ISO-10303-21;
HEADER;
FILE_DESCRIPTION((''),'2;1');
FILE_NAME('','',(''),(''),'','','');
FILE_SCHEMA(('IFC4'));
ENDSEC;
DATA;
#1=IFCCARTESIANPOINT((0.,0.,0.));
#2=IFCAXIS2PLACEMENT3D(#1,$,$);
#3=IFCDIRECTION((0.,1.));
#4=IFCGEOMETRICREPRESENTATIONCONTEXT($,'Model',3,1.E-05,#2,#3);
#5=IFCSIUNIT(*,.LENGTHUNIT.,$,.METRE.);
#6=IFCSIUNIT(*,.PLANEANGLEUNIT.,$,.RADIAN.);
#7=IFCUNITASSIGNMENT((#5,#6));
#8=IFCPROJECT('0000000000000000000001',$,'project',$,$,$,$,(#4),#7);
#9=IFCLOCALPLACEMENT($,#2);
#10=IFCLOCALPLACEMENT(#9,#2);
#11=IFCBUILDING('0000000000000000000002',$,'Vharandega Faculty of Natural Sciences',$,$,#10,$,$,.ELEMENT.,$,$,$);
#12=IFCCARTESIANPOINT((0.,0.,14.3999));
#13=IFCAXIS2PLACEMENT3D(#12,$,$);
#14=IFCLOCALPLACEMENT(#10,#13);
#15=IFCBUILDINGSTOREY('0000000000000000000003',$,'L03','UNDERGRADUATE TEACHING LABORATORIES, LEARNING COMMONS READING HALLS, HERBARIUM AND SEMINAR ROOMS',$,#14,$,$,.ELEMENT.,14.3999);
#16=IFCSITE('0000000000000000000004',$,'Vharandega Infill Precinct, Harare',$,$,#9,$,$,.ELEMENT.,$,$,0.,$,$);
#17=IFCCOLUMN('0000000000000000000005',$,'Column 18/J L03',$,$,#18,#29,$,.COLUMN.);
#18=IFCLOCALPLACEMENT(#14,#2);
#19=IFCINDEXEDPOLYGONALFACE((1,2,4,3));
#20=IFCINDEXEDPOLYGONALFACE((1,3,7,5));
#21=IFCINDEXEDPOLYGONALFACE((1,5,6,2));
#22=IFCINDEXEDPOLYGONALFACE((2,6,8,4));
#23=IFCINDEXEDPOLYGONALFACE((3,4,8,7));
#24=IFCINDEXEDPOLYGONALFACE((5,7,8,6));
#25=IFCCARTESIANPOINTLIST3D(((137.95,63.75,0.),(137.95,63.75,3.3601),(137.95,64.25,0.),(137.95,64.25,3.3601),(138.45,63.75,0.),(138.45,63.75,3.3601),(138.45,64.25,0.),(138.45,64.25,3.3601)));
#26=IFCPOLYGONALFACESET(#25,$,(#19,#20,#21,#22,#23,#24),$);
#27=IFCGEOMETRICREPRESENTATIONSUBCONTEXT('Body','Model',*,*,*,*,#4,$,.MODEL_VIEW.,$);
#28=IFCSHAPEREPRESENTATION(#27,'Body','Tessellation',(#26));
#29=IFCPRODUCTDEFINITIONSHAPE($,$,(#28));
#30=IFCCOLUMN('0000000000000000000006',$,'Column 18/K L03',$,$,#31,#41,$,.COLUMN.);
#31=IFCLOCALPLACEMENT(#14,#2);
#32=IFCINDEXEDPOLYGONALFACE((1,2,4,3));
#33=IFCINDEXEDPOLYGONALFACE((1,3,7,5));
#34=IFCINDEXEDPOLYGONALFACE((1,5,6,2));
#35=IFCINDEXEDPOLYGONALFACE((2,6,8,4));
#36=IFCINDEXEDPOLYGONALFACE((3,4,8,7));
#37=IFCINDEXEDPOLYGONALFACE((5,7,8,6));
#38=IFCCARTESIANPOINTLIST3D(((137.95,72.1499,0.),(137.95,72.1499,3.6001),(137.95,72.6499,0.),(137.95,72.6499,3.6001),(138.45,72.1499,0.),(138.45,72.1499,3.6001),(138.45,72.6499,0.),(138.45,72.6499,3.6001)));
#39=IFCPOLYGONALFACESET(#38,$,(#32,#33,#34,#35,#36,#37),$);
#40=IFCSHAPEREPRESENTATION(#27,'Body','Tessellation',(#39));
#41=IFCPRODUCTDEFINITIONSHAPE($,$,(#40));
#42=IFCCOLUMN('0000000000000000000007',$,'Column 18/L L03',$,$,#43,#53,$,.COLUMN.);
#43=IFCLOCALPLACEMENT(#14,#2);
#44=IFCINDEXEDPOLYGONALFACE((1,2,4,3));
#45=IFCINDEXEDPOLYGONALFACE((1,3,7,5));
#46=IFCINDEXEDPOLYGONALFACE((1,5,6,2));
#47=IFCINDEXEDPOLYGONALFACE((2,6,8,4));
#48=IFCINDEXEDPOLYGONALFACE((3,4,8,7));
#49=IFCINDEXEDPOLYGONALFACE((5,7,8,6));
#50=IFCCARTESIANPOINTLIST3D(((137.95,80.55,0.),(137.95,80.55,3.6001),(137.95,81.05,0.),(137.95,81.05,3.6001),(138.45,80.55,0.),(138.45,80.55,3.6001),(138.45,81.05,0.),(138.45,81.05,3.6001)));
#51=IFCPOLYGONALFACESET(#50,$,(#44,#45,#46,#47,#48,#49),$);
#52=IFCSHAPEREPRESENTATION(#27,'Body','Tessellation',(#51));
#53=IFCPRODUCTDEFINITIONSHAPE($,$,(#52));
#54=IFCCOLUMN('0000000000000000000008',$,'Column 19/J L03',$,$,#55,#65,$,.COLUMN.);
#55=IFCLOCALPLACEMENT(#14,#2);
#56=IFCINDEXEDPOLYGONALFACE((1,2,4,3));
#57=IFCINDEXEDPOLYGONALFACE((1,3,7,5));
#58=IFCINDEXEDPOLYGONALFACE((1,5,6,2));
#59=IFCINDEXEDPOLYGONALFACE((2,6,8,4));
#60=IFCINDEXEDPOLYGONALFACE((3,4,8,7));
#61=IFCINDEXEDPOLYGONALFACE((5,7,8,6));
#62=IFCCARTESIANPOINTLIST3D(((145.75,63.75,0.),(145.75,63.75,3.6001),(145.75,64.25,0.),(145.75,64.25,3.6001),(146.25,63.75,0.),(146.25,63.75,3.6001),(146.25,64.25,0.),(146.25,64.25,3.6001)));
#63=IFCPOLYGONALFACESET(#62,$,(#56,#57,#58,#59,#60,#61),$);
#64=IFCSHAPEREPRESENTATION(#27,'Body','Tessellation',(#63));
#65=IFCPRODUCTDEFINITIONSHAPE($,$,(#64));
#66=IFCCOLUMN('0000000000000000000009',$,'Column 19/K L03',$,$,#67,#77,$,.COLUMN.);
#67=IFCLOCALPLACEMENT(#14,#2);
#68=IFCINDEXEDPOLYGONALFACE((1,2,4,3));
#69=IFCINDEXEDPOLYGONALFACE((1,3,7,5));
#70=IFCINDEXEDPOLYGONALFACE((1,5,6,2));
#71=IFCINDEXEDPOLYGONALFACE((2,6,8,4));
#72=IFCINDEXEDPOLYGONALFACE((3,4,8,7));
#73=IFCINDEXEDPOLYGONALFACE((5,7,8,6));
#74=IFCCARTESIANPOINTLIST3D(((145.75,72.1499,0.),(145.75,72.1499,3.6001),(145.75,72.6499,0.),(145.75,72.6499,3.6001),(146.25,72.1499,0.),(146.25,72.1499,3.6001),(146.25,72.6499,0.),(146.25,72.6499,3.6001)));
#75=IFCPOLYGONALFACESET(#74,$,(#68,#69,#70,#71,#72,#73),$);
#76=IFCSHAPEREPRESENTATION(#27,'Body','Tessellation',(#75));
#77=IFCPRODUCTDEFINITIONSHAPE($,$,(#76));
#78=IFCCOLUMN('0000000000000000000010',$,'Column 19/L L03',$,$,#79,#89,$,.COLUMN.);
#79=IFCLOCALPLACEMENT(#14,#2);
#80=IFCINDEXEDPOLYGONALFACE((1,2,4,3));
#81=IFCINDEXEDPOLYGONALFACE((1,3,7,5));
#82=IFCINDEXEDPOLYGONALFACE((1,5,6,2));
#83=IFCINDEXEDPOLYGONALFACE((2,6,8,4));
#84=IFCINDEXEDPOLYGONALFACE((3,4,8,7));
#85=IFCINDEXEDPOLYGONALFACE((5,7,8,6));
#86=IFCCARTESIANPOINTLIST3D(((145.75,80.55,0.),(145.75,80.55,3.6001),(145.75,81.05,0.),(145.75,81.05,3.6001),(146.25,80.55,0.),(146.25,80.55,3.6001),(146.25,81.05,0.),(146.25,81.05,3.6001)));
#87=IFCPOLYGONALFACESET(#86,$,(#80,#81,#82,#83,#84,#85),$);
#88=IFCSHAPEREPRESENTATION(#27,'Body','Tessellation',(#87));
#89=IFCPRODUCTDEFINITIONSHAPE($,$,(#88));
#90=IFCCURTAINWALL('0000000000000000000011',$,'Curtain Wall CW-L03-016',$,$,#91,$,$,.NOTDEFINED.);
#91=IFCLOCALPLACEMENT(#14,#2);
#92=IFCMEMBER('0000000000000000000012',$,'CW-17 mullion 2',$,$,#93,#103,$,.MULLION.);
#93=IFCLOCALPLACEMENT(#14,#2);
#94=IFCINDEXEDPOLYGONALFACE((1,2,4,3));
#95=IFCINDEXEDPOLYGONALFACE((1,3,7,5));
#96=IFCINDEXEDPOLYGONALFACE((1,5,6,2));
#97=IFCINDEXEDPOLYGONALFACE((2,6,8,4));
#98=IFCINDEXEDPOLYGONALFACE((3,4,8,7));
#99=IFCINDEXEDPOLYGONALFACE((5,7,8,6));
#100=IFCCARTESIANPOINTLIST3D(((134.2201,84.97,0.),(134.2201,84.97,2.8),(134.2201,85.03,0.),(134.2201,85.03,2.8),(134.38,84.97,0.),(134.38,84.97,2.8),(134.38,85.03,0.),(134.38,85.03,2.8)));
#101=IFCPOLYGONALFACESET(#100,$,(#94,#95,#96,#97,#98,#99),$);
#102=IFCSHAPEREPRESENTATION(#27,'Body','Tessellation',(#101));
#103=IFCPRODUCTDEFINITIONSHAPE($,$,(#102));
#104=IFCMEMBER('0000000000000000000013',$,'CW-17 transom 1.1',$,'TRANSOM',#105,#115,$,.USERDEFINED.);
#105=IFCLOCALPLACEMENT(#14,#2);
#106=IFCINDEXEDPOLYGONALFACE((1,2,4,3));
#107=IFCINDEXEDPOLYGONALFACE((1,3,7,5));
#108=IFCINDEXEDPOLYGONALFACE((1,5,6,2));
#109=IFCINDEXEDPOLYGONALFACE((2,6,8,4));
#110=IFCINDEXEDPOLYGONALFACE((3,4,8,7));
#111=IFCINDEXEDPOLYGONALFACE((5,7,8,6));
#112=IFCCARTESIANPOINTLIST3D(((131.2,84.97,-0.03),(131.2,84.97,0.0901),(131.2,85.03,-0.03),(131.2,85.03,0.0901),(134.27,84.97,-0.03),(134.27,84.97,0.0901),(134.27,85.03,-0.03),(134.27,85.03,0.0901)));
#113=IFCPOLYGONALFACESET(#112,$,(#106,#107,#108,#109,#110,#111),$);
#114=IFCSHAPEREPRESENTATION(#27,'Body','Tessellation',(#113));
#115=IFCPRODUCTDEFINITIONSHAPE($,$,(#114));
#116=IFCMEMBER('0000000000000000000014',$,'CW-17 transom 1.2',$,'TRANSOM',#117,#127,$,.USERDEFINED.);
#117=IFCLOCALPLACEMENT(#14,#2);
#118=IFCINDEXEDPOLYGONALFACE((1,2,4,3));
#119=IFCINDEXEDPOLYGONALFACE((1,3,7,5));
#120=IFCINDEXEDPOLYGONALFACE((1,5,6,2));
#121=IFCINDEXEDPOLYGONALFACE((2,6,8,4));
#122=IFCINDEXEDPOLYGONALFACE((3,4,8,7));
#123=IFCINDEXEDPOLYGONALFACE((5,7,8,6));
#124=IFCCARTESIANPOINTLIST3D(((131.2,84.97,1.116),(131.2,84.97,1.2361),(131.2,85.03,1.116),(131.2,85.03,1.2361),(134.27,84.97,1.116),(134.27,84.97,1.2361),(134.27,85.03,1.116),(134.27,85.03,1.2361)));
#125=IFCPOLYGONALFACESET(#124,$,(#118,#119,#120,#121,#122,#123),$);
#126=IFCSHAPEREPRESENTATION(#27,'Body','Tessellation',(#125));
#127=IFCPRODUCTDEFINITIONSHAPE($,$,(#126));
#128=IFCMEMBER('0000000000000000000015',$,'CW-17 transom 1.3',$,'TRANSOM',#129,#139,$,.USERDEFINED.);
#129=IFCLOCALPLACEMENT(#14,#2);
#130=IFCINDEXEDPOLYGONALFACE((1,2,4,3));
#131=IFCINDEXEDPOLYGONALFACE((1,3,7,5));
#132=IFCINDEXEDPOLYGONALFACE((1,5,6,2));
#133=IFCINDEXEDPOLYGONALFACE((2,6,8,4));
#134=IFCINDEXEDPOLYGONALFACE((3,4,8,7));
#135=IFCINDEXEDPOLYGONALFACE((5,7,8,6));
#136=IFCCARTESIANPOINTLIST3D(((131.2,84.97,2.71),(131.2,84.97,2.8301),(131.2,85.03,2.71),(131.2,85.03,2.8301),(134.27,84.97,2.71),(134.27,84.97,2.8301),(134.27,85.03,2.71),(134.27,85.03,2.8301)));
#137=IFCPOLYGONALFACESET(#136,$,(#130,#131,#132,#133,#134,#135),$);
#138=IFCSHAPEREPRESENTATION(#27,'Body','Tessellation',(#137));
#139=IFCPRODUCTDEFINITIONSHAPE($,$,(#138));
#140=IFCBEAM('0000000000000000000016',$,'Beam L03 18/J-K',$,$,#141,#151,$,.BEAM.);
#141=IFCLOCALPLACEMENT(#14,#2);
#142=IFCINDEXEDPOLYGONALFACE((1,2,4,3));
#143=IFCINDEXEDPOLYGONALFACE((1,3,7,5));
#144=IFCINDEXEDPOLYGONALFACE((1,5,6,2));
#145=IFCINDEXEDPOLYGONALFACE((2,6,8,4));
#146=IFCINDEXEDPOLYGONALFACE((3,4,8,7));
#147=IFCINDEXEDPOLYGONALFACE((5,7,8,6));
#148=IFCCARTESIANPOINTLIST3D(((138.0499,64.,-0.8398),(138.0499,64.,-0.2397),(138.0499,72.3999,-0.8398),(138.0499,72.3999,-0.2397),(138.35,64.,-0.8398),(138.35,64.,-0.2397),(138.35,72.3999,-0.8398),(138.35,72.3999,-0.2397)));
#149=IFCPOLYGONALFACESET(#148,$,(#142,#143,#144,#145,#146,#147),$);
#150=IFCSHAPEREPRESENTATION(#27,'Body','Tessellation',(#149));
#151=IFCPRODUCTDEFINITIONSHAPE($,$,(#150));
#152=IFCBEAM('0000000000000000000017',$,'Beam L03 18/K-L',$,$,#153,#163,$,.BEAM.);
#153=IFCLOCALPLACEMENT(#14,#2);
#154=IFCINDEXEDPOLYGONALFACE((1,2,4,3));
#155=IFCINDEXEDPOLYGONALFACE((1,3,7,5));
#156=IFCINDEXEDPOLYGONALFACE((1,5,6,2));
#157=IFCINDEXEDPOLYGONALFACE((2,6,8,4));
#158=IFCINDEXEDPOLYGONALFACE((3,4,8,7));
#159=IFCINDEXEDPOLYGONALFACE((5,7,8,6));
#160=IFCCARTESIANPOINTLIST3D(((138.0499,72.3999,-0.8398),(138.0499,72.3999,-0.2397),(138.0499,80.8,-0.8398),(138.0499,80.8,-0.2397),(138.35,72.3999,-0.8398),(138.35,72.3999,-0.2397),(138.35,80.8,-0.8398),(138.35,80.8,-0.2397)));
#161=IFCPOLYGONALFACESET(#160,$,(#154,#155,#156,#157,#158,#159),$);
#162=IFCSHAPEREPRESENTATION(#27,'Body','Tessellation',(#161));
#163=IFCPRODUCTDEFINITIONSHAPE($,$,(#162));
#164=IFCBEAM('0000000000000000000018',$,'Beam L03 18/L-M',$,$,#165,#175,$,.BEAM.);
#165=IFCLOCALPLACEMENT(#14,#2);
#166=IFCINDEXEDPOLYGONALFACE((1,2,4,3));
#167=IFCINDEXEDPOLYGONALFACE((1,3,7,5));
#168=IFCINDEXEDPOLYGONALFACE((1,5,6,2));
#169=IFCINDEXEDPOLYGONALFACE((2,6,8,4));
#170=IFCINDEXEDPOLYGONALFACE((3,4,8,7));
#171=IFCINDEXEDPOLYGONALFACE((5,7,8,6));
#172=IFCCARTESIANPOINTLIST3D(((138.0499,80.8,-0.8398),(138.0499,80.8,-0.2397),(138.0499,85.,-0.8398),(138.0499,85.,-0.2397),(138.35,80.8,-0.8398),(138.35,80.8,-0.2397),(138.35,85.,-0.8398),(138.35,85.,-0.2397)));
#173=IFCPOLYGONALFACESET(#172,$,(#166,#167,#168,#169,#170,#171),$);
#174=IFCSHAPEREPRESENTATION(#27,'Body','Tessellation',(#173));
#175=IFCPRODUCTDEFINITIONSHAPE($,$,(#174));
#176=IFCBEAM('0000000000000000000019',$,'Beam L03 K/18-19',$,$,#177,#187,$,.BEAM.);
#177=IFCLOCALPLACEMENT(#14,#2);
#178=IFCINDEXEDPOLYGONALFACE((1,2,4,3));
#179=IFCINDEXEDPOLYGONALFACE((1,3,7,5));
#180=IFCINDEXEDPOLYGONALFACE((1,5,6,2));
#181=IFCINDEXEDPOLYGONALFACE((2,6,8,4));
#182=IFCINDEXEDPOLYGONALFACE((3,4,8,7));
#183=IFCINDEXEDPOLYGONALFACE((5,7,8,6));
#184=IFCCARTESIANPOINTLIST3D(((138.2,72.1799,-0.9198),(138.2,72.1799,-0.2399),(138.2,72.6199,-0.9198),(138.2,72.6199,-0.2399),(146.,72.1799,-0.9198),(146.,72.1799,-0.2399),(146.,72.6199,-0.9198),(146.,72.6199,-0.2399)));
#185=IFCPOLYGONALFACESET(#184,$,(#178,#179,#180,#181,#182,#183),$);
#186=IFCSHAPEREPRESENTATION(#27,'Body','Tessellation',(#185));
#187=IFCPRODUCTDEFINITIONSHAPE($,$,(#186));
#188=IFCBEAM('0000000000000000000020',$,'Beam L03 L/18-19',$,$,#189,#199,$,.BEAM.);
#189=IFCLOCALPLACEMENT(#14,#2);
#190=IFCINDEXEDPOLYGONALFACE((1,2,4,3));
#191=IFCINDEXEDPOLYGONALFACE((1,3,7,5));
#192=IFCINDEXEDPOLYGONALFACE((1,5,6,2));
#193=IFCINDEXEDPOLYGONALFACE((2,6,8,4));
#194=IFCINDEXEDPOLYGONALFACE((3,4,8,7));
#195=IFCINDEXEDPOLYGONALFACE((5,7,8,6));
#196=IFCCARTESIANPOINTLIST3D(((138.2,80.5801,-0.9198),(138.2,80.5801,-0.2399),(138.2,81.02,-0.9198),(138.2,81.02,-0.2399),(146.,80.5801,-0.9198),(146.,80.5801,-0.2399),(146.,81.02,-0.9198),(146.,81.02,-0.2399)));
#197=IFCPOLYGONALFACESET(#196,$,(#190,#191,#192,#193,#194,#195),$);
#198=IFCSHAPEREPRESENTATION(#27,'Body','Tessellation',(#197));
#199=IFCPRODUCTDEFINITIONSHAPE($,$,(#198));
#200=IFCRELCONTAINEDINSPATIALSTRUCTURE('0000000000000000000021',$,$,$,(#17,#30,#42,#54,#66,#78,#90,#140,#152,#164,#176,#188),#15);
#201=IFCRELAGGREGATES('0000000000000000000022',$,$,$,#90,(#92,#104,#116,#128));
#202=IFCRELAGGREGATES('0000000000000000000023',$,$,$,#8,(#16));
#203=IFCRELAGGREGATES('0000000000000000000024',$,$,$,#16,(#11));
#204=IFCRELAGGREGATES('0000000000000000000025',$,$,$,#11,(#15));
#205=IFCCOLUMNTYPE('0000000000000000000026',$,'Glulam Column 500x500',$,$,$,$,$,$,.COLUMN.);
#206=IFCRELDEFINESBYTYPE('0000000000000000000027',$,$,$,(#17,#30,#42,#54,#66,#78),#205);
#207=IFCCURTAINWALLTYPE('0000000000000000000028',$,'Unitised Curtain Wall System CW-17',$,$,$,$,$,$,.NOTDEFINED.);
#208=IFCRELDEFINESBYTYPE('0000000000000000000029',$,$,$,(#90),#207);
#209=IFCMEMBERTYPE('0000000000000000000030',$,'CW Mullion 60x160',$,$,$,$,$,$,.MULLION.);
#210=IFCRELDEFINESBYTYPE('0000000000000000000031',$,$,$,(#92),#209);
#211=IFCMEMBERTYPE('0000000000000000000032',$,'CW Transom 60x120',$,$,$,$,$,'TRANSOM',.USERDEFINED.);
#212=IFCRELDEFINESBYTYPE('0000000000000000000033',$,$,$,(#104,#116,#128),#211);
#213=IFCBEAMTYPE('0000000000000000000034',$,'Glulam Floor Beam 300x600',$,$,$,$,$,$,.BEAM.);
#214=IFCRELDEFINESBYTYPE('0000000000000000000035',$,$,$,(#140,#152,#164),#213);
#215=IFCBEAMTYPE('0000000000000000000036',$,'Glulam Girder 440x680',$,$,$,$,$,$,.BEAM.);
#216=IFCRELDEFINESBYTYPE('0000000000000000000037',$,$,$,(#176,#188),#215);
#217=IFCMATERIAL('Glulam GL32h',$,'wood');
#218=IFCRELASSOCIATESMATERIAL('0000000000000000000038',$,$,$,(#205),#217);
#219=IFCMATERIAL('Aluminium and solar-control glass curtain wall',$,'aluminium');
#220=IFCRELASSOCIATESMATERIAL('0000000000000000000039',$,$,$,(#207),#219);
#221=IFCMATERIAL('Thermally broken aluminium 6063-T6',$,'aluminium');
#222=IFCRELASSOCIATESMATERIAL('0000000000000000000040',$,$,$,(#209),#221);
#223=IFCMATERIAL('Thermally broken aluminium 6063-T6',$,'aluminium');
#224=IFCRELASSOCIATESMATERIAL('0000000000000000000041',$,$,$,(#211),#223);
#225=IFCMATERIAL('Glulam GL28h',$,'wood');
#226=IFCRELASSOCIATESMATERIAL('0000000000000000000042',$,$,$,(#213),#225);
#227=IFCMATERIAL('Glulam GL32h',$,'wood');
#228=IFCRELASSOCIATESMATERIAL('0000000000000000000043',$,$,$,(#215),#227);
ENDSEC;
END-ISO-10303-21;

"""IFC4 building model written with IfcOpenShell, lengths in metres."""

from ifc_helpers import new_model, si_unit, direction, frame, origin, origin_2d, place, context, subcontext, project, spatial, rectangle, extrude, material, material_profile, profile_set, type_object, element, aggregate, save


model = new_model("IFC4")

# Units and contexts
model_context = context("Model", 3, precision=1e-05, world=origin(), true_north=direction((0.0, 1.0)))
body_context = subcontext(model_context, "Body", "Model", "MODEL_VIEW")
ifc_project = project(units=[si_unit("LENGTHUNIT", "METRE"), si_unit("PLANEANGLEUNIT", "RADIAN")], contexts=[model_context])

# Site, building, storey
site_placement = place(None, origin())
site = spatial("IfcSite", under=ifc_project, at=site_placement, Name="Vharandega Infill Precinct, Harare", CompositionType="ELEMENT", RefElevation=0.0)
building_placement = place(site_placement, origin())
building = spatial("IfcBuilding", under=site, at=building_placement, Name="Vharandega Faculty of Natural Sciences", CompositionType="ELEMENT")
storey_placement = place(building_placement, frame((0.0, 0.0, 14.3999)))
storey = spatial("IfcBuildingStorey", under=building, at=storey_placement, Name="L03", Description="UNDERGRADUATE TEACHING LABORATORIES, LEARNING COMMONS READING HALLS, HERBARIUM AND SEMINAR ROOMS", CompositionType="ELEMENT", Elevation=14.3999)

# Columns
ifc_material_1 = material(Name="Glulam GL32h", Category="wood")
ifc_material_profile_1 = material_profile(ifc_material_1, rectangle(XDim=0.5, YDim=0.5, at=origin_2d()), Name="GL32h 500x500")
ifc_profile_set_1 = profile_set([ifc_material_profile_1], Name="Glulam GL32h")
column_type = type_object("IfcColumnType", Name="Glulam Column 500x500", PredefinedType="COLUMN", material=ifc_profile_set_1)
column_placement = place(storey_placement, frame((138.2, 64.0, 0.0), z_axis=(0.0, 0.0, 1.0), x_axis=(1.0, 0.0, 0.0)))
element("IfcColumn", 1, at=column_placement, inside=storey, type_object=column_type, Name="Column 18/J L03", PredefinedType="COLUMN", context=body_context, shape_type="SweptSolid", body=[
    extrude(rectangle(XDim=0.5, YDim=0.5, at=origin_2d()), origin(), (0.0, 0.0, 1.0), 3.3601),
])
for number, where, z_axis, x_axis, name in (
    (2, (138.2, 72.3999, 0.0), (0.0, 0.0, 1.0), (1.0, 0.0, 0.0), "Column 18/K L03"),
    (3, (138.2, 80.8, 0.0), (0.0, 0.0, 1.0), (1.0, 0.0, 0.0), "Column 18/L L03"),
    (4, (146.0, 64.0, 0.0), (0.0, 0.0, 1.0), (1.0, 0.0, 0.0), "Column 19/J L03"),
    (5, (146.0, 72.3999, 0.0), (0.0, 0.0, 1.0), (1.0, 0.0, 0.0), "Column 19/K L03"),
    (6, (146.0, 80.8, 0.0), (0.0, 0.0, 1.0), (1.0, 0.0, 0.0), "Column 19/L L03"),
):
    element("IfcColumn", number, at=place(storey_placement, frame(where, z_axis=z_axis, x_axis=x_axis)), inside=storey, type_object=column_type, Name=name, PredefinedType="COLUMN", context=body_context, shape_type="SweptSolid", body=[
        extrude(rectangle(XDim=0.5, YDim=0.5, at=origin_2d()), origin(), (0.0, 0.0, 1.0), 3.6001),
    ])

# Curtain wall, members
ifc_material_2 = material(Name="Aluminium and solar-control glass curtain wall", Category="aluminium")
curtain_wall_type = type_object("IfcCurtainWallType", Name="Unitised Curtain Wall System CW-17", PredefinedType="NOTDEFINED", material=ifc_material_2)
curtain_wall_placement = place(storey_placement, origin())
curtain_wall = element("IfcCurtainWall", 7, at=curtain_wall_placement, inside=storey, type_object=curtain_wall_type, Name="Curtain Wall CW-L03-016", PredefinedType="NOTDEFINED")
ifc_material_3 = material(Name="Thermally broken aluminium 6063-T6", Category="aluminium")
ifc_material_profile_2 = material_profile(ifc_material_3, rectangle(XDim=0.0601, YDim=0.1599, at=origin_2d()), Name="ALU 60x160")
ifc_profile_set_2 = profile_set([ifc_material_profile_2], Name="Thermally broken aluminium 6063-T6")
member_type_1 = type_object("IfcMemberType", Name="CW Mullion 60x160", PredefinedType="MULLION", material=ifc_profile_set_2)
member_1_placement = place(storey_placement, frame((134.3, 85.0, 0.0), z_axis=(0.0, 0.0, 1.0), x_axis=(0.0, 1.0, 0.0)))
member_1 = element("IfcMember", 8, at=member_1_placement, type_object=member_type_1, Name="CW-17 mullion 2", PredefinedType="MULLION", context=body_context, shape_type="SweptSolid", body=[
    extrude(rectangle(XDim=0.0601, YDim=0.1599, at=origin_2d()), origin(), (0.0, 0.0, 1.0), 2.8),
])
ifc_material_4 = material(Name="Thermally broken aluminium 6063-T6", Category="aluminium")
ifc_material_profile_3 = material_profile(ifc_material_4, rectangle(XDim=0.0601, YDim=0.1201, at=origin_2d()), Name="ALU 60x120")
ifc_profile_set_3 = profile_set([ifc_material_profile_3], Name="Thermally broken aluminium 6063-T6")
member_type_2 = type_object("IfcMemberType", Name="CW Transom 60x120", ElementType="TRANSOM", PredefinedType="USERDEFINED", material=ifc_profile_set_3)
member_2_placement = place(storey_placement, frame((131.2, 85.0, 0.03), z_axis=(1.0, 0.0, 0.0), x_axis=(0.0, 1.0, 0.0)))
member_2 = element("IfcMember", 9, at=member_2_placement, type_object=member_type_2, Name="CW-17 transom 1.1", ObjectType="TRANSOM", PredefinedType="USERDEFINED", context=body_context, shape_type="SweptSolid", body=[
    extrude(rectangle(XDim=0.0601, YDim=0.1201, at=origin_2d()), origin(), (0.0, 0.0, 1.0), 3.0701),
])
member_3_placement = place(storey_placement, frame((131.2, 85.0, 1.176), z_axis=(1.0, 0.0, 0.0), x_axis=(0.0, 1.0, 0.0)))
member_3 = element("IfcMember", 10, at=member_3_placement, type_object=member_type_2, Name="CW-17 transom 1.2", ObjectType="TRANSOM", PredefinedType="USERDEFINED", context=body_context, shape_type="SweptSolid", body=[
    extrude(rectangle(XDim=0.0601, YDim=0.1201, at=origin_2d()), origin(), (0.0, 0.0, 1.0), 3.0701),
])
member_4_placement = place(storey_placement, frame((131.2, 85.0, 2.77), z_axis=(1.0, 0.0, 0.0), x_axis=(0.0, 1.0, 0.0)))
member_4 = element("IfcMember", 11, at=member_4_placement, type_object=member_type_2, Name="CW-17 transom 1.3", ObjectType="TRANSOM", PredefinedType="USERDEFINED", context=body_context, shape_type="SweptSolid", body=[
    extrude(rectangle(XDim=0.0601, YDim=0.1201, at=origin_2d()), origin(), (0.0, 0.0, 1.0), 3.0701),
])

# Beams
ifc_material_5 = material(Name="Glulam GL28h", Category="wood")
ifc_material_profile_4 = material_profile(ifc_material_5, rectangle(XDim=0.3, YDim=0.6001, at=origin_2d()), Name="GL28h 300x600")
ifc_profile_set_4 = profile_set([ifc_material_profile_4], Name="Glulam GL28h")
beam_type_1 = type_object("IfcBeamType", Name="Glulam Floor Beam 300x600", PredefinedType="BEAM", material=ifc_profile_set_4)
beam_1_placement = place(storey_placement, frame((138.2, 64.0, -0.5398), z_axis=(0.0, 1.0, 0.0), x_axis=(-1.0, 0.0, 0.0)))
element("IfcBeam", 12, at=beam_1_placement, inside=storey, type_object=beam_type_1, Name="Beam L03 18/J-K", PredefinedType="BEAM", context=body_context, shape_type="SweptSolid", body=[
    extrude(rectangle(XDim=0.3, YDim=0.6001, at=origin_2d()), origin(), (0.0, 0.0, 1.0), 8.3999),
])
beam_2_placement = place(storey_placement, frame((138.2, 72.3999, -0.5398), z_axis=(0.0, 1.0, 0.0), x_axis=(-1.0, 0.0, 0.0)))
element("IfcBeam", 13, at=beam_2_placement, inside=storey, type_object=beam_type_1, Name="Beam L03 18/K-L", PredefinedType="BEAM", context=body_context, shape_type="SweptSolid", body=[
    extrude(rectangle(XDim=0.3, YDim=0.6001, at=origin_2d()), origin(), (0.0, 0.0, 1.0), 8.4001),
])
beam_3_placement = place(storey_placement, frame((138.2, 80.8, -0.5398), z_axis=(0.0, 1.0, 0.0), x_axis=(-1.0, 0.0, 0.0)))
element("IfcBeam", 14, at=beam_3_placement, inside=storey, type_object=beam_type_1, Name="Beam L03 18/L-M", PredefinedType="BEAM", context=body_context, shape_type="SweptSolid", body=[
    extrude(rectangle(XDim=0.3, YDim=0.6001, at=origin_2d()), origin(), (0.0, 0.0, 1.0), 4.2),
])
ifc_material_6 = material(Name="Glulam GL32h", Category="wood")
ifc_material_profile_5 = material_profile(ifc_material_6, rectangle(XDim=0.4399, YDim=0.6799, at=origin_2d()), Name="GL32h 440x680")
ifc_profile_set_5 = profile_set([ifc_material_profile_5], Name="Glulam GL32h")
beam_type_2 = type_object("IfcBeamType", Name="Glulam Girder 440x680", PredefinedType="BEAM", material=ifc_profile_set_5)
for number, where, z_axis, x_axis, name in (
    (15, (138.2, 72.3999, -0.5798), (1.0, 0.0, 0.0), (0.0, 1.0, 0.0), "Beam L03 K/18-19"),
    (16, (138.2, 80.8, -0.5798), (1.0, 0.0, 0.0), (0.0, 1.0, 0.0), "Beam L03 L/18-19"),
):
    element("IfcBeam", number, at=place(storey_placement, frame(where, z_axis=z_axis, x_axis=x_axis)), inside=storey, type_object=beam_type_2, Name=name, PredefinedType="BEAM", context=body_context, shape_type="SweptSolid", body=[
        extrude(rectangle(XDim=0.4399, YDim=0.6799, at=origin_2d()), origin(), (0.0, 0.0, 1.0), 7.8),
    ])

aggregate(curtain_wall, [member_1, member_2, member_3, member_4])

save(model, "model.ifc")
